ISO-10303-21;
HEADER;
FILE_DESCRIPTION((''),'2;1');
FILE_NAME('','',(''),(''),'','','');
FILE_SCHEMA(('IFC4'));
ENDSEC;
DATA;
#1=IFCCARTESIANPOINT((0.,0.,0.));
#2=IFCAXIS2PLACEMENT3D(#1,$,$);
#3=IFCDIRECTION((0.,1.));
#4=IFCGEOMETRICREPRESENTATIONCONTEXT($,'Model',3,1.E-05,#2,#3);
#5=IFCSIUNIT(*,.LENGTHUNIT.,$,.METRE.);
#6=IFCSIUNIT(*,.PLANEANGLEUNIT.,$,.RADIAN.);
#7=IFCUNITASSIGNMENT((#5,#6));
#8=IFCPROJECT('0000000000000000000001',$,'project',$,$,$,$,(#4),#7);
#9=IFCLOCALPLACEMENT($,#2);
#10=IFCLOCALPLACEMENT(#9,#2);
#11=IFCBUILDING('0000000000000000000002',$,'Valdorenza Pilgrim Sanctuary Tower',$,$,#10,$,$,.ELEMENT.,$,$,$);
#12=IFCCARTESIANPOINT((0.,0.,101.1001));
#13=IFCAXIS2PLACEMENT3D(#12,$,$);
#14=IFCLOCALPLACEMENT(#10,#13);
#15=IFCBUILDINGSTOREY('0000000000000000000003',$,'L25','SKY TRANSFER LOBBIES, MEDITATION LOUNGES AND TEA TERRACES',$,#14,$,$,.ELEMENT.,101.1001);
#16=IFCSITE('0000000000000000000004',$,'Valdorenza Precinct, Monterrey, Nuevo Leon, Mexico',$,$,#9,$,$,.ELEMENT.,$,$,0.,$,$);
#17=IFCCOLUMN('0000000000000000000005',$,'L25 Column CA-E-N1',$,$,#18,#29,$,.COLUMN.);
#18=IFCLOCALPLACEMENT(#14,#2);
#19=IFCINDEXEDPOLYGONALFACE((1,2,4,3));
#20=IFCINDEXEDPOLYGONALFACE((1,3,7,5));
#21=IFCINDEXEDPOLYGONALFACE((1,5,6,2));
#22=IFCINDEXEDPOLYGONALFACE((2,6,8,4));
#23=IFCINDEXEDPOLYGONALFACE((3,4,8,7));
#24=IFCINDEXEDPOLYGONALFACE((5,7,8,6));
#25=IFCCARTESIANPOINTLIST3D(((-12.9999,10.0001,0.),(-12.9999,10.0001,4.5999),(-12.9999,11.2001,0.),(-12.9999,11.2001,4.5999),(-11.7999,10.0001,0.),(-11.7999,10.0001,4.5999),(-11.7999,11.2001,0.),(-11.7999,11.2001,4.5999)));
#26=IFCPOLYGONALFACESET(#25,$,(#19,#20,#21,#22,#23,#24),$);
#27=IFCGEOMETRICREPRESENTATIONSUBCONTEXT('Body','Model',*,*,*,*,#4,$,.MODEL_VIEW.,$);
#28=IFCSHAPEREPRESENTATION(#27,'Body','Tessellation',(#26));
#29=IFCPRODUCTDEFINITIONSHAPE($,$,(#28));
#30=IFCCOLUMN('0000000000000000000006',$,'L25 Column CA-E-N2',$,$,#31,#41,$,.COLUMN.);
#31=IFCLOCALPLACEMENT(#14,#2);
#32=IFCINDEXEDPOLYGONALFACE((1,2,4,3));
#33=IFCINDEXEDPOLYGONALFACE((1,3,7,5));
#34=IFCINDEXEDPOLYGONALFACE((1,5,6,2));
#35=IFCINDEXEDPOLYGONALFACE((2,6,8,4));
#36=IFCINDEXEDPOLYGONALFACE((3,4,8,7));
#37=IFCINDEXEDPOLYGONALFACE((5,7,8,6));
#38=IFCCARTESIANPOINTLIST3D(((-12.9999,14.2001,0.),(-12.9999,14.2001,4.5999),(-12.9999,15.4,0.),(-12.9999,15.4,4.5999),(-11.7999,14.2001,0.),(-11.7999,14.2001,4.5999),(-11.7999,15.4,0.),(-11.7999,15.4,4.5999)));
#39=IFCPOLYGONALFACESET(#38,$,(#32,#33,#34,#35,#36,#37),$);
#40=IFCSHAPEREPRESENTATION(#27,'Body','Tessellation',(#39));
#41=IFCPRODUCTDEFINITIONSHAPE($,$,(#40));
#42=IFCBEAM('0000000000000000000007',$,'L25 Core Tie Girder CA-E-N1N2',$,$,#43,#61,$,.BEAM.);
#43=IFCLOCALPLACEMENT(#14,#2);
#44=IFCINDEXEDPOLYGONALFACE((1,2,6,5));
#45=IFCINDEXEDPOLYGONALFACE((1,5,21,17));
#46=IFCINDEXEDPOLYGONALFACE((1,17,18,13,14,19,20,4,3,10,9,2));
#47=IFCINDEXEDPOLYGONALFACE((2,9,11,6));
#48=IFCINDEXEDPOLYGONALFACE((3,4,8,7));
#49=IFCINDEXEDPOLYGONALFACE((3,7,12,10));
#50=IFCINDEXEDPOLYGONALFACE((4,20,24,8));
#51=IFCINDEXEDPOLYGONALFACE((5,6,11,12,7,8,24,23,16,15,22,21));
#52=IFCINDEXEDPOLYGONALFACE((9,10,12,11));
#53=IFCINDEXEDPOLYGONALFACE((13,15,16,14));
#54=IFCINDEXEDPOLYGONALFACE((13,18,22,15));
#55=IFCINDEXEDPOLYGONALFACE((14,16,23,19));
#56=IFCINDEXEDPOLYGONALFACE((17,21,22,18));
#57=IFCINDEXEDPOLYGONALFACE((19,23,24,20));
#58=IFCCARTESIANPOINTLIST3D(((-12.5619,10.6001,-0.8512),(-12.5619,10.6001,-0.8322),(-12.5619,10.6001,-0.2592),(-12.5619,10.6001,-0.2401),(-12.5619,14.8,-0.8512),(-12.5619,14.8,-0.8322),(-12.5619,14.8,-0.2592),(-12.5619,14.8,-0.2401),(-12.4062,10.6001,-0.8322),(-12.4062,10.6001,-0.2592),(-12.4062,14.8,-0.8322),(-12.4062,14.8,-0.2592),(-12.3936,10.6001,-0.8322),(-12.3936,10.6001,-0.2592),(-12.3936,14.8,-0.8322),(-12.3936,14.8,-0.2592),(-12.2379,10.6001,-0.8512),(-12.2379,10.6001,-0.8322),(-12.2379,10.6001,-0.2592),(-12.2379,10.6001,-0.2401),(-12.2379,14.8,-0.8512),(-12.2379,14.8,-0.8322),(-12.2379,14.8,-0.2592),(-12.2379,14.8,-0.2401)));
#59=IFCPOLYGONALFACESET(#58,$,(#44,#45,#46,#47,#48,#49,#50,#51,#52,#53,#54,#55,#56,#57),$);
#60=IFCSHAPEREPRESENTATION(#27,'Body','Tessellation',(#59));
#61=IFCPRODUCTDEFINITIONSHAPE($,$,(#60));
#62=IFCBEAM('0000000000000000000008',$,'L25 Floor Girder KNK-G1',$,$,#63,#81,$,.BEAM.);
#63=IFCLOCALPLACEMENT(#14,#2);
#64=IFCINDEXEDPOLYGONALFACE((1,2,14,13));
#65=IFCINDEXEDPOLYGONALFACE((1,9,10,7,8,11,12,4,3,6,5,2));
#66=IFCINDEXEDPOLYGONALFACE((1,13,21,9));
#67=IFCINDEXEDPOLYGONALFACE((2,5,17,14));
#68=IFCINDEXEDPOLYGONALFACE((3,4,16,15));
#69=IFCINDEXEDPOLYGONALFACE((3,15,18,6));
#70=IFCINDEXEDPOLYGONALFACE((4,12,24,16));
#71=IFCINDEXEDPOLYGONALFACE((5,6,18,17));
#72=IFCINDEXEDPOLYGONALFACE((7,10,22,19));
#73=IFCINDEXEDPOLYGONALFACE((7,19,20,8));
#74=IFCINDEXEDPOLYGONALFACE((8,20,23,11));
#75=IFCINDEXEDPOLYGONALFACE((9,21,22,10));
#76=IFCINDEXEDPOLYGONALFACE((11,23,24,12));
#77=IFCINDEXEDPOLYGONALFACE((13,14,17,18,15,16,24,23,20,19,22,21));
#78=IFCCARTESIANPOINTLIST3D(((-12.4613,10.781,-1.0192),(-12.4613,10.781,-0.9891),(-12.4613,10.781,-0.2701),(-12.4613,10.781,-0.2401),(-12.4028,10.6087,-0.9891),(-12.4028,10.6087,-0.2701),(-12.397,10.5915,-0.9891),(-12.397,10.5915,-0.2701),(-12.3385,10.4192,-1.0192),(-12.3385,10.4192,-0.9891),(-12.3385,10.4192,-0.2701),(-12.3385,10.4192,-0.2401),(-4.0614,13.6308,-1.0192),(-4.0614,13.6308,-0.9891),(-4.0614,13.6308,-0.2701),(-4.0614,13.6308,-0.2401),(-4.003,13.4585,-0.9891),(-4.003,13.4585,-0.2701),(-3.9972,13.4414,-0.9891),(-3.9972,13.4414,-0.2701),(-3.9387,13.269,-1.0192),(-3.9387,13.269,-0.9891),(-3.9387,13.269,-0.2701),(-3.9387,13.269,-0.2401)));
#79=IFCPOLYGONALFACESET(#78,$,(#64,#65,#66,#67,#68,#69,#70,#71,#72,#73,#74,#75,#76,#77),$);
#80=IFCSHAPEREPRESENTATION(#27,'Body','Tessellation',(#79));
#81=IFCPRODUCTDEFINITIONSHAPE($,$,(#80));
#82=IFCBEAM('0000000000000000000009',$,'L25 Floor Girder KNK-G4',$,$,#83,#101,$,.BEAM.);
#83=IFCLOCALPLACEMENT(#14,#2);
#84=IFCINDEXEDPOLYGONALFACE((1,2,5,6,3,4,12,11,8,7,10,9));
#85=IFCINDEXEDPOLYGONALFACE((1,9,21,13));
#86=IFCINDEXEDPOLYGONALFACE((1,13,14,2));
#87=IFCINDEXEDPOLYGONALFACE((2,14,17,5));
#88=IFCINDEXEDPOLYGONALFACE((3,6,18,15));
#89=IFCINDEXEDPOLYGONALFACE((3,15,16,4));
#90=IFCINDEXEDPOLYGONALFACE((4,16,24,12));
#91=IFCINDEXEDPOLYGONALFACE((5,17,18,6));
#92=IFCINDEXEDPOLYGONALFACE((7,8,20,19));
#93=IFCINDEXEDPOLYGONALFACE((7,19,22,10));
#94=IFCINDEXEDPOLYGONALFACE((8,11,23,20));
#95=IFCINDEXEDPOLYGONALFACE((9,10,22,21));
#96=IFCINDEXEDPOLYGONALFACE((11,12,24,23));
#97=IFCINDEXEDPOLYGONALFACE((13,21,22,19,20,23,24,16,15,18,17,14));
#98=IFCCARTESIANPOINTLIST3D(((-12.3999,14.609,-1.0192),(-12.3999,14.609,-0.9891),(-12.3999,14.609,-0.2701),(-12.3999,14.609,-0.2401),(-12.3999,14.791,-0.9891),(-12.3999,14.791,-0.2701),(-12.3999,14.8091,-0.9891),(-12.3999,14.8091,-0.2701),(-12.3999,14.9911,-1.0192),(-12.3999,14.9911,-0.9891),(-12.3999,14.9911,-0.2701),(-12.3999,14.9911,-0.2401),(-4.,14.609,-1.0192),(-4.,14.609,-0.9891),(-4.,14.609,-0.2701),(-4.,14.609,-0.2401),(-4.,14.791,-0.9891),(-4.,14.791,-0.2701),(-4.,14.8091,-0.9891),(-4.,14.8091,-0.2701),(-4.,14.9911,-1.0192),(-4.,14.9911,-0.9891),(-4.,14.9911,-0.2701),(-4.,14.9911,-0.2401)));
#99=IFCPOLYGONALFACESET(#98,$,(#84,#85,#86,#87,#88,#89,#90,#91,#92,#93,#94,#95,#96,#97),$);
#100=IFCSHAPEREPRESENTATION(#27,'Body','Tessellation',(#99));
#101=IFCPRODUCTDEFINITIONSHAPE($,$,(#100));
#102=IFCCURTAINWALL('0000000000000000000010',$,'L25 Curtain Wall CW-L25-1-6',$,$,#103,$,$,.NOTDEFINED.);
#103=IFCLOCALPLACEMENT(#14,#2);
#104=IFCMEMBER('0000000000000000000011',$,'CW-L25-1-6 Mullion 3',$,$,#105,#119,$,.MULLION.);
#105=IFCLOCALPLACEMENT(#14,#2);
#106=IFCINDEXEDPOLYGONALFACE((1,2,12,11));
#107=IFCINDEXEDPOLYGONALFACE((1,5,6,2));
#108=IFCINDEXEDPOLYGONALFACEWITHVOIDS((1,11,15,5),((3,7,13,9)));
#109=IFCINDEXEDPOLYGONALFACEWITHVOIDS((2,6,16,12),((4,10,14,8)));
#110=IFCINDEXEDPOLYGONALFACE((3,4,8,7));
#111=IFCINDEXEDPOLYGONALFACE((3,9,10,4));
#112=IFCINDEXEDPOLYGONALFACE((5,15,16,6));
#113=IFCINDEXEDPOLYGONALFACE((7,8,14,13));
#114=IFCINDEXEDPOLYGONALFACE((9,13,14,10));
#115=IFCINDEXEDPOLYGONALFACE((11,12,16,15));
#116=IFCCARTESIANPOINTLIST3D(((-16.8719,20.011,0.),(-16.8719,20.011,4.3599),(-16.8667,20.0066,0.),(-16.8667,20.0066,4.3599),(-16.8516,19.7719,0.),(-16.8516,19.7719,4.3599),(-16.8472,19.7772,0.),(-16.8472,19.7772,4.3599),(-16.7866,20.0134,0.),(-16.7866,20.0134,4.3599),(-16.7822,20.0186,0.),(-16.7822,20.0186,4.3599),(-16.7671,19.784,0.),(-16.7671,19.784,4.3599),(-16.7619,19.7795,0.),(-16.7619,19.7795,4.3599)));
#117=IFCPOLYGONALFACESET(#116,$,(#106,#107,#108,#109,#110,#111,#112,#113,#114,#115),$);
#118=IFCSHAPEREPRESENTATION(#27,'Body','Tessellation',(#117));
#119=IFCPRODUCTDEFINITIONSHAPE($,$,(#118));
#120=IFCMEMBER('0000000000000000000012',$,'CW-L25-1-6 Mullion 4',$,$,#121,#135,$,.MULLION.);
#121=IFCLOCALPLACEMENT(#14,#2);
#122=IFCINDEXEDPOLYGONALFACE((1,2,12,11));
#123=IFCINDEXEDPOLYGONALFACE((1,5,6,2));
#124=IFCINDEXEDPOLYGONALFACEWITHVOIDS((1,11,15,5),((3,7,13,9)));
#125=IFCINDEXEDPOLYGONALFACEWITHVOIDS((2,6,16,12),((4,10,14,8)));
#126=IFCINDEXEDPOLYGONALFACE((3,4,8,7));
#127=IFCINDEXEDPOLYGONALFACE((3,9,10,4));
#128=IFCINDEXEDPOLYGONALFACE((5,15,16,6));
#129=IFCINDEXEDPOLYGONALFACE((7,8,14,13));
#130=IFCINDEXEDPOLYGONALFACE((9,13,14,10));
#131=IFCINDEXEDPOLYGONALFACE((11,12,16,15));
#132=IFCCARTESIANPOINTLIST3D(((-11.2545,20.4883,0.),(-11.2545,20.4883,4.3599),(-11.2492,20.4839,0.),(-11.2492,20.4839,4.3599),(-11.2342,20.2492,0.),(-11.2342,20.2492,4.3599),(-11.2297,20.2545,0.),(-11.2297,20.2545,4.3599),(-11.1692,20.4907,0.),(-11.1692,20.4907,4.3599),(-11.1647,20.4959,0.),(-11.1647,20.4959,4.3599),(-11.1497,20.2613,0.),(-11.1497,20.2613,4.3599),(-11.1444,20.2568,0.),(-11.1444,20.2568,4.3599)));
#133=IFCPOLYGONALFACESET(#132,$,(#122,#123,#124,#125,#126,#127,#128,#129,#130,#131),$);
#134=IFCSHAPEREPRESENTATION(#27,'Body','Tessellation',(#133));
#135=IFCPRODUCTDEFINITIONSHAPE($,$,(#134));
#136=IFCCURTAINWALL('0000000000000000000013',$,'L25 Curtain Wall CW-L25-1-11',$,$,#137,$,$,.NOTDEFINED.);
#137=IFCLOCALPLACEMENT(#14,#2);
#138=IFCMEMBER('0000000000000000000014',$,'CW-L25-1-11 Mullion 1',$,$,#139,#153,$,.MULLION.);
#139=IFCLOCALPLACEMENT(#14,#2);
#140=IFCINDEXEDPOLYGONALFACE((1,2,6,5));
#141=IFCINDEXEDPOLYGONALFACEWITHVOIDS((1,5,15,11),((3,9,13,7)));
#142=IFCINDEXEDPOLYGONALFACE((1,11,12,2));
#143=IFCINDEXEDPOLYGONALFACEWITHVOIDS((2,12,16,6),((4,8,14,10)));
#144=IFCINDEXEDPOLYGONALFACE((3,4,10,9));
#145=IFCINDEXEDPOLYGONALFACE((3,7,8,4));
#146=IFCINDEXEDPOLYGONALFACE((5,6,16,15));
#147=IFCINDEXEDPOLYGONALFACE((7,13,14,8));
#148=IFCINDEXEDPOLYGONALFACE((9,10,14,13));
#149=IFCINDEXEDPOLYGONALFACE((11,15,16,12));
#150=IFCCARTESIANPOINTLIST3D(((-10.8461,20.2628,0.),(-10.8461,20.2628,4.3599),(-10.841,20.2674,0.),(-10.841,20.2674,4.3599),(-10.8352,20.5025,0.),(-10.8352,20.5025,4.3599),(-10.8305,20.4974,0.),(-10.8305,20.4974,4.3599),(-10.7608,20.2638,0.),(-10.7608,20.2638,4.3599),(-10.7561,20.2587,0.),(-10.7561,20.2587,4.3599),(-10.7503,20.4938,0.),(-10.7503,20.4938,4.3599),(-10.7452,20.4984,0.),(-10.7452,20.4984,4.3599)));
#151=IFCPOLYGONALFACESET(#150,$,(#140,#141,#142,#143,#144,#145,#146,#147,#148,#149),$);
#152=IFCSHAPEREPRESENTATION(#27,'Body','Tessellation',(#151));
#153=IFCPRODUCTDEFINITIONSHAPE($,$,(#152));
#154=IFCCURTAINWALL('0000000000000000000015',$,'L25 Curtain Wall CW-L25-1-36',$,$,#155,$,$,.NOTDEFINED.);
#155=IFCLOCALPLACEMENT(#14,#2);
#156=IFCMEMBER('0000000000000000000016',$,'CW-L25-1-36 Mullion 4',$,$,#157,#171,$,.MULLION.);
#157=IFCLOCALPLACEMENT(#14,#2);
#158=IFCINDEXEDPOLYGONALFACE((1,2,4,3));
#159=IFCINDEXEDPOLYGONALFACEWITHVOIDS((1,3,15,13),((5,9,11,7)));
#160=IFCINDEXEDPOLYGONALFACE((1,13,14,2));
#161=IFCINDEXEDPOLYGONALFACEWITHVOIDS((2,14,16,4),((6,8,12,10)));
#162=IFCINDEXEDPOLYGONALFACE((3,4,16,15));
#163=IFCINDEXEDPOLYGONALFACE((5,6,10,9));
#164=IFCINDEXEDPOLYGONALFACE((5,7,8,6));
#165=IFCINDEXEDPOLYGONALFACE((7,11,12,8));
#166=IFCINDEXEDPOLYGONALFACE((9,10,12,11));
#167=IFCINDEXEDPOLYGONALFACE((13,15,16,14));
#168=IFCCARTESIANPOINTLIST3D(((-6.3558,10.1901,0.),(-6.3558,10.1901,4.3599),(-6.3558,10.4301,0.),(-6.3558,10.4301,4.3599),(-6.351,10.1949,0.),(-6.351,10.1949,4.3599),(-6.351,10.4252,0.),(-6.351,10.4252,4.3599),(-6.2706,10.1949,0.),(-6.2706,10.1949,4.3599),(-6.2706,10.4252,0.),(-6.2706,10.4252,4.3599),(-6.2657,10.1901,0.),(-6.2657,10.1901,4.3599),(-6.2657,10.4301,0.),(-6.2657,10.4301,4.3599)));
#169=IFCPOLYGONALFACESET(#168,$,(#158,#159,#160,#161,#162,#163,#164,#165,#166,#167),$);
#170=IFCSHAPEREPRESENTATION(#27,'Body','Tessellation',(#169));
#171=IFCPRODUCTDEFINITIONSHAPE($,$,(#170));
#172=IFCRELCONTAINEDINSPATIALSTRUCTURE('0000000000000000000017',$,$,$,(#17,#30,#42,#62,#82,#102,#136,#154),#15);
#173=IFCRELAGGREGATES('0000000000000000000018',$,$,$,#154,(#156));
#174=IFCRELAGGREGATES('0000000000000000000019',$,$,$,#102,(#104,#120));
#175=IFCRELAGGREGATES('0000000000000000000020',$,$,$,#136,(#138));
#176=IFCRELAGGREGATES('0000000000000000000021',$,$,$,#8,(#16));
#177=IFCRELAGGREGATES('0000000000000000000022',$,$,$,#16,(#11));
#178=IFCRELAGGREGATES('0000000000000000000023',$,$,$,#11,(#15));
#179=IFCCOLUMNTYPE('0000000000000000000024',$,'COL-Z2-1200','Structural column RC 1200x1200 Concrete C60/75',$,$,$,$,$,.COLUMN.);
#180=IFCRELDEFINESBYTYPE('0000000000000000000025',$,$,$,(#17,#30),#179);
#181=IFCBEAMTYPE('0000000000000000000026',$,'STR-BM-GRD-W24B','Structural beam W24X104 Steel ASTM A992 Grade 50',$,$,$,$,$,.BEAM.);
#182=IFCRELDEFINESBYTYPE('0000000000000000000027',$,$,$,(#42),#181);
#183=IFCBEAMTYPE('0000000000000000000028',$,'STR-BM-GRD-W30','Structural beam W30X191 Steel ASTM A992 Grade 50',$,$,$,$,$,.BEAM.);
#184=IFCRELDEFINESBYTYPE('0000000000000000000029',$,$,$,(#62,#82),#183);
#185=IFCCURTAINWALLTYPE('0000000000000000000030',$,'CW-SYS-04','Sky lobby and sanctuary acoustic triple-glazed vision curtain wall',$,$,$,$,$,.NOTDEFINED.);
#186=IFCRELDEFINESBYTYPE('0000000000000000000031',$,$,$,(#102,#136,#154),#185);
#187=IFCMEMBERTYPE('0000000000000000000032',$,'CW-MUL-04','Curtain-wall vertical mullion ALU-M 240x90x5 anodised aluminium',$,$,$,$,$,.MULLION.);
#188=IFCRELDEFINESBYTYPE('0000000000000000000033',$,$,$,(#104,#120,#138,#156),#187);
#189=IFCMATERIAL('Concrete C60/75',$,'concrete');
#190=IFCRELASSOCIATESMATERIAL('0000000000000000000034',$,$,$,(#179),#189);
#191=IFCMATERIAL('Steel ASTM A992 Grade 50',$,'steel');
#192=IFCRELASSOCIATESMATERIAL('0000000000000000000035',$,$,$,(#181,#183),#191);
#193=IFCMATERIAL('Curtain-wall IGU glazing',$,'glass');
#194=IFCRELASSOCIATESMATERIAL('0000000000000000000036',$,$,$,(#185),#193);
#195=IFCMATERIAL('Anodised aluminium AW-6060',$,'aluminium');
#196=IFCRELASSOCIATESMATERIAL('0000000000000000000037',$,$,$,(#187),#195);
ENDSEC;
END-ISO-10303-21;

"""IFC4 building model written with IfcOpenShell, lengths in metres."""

from ifc_helpers import new_model, si_unit, direction, frame, origin, origin_2d, place, context, subcontext, project, spatial, rectangle, hollow_rectangle, i_section, extrude, source, transform, mapped, material, material_profile, profile_set, type_object, element, aggregate, save


model = new_model("IFC4")

# Units and contexts
model_context = context("Model", 3, precision=1e-05, world=origin(), true_north=direction((0.0, 1.0)))
body_context = subcontext(model_context, "Body", "Model", "MODEL_VIEW")
ifc_project = project(units=[si_unit("LENGTHUNIT", "METRE"), si_unit("PLANEANGLEUNIT", "RADIAN")], contexts=[model_context])

# Site, building, storey
site_placement = place(None, origin())
site = spatial("IfcSite", under=ifc_project, at=site_placement, Name="Valdorenza Precinct, Monterrey, Nuevo Leon, Mexico", CompositionType="ELEMENT", RefElevation=0.0)
building_placement = place(site_placement, origin())
building = spatial("IfcBuilding", under=site, at=building_placement, Name="Valdorenza Pilgrim Sanctuary Tower", CompositionType="ELEMENT")
storey_placement = place(building_placement, frame((0.0, 0.0, 101.1001)))
storey = spatial("IfcBuildingStorey", under=building, at=storey_placement, Name="L25", Description="SKY TRANSFER LOBBIES, MEDITATION LOUNGES AND TEA TERRACES", CompositionType="ELEMENT", Elevation=101.1001)

# Columns
ifc_material_1 = material(Name="Concrete C60/75", Category="concrete")
ifc_material_profile_1 = material_profile(ifc_material_1, rectangle(XDim=1.2, YDim=1.2, at=origin_2d()), Name="RC 1200x1200")
ifc_profile_set_1 = profile_set([ifc_material_profile_1], Name="Concrete C60/75")
column_type = type_object("IfcColumnType", Name="COL-Z2-1200", Description="Structural column RC 1200x1200 Concrete C60/75", PredefinedType="COLUMN", material=ifc_profile_set_1)
shared_shape_1 = source(origin(), body_context, "Body", "SweptSolid", [
    extrude(rectangle(XDim=1.2, YDim=1.2, at=origin_2d()), origin(), (0.0, 0.0, 1.0), 4.5999),
])
for number, where, z_axis, x_axis, name in (
    (1, (-12.3999, 10.6001, 0.0), (0.0, 0.0, 1.0), (1.0, 0.0, 0.0), "L25 Column CA-E-N1"),
    (2, (-12.3999, 14.8, 0.0), (0.0, 0.0, 1.0), (1.0, 0.0, 0.0), "L25 Column CA-E-N2"),
):
    element("IfcColumn", number, at=place(storey_placement, frame(where, z_axis=z_axis, x_axis=x_axis)), inside=storey, type_object=column_type, Name=name, PredefinedType="COLUMN", context=body_context, shape_type="MappedRepresentation", body=[
        mapped(shared_shape_1, transform((0.0, 0.0, 0.0), x_axis=(1.0, 0.0, 0.0), y_axis=(0.0, 1.0, 0.0), z_axis=(0.0, 0.0, 1.0), scale=1.0)),
    ])

# Beams
ifc_material_2 = material(Name="Steel ASTM A992 Grade 50", Category="steel")
ifc_material_profile_2 = material_profile(ifc_material_2, i_section(OverallWidth=0.324, OverallDepth=0.6111, WebThickness=0.0127, FlangeThickness=0.019, at=origin_2d()), Name="W24X104")
ifc_profile_set_2 = profile_set([ifc_material_profile_2], Name="Steel ASTM A992 Grade 50")
beam_type_1 = type_object("IfcBeamType", Name="STR-BM-GRD-W24B", Description="Structural beam W24X104 Steel ASTM A992 Grade 50", PredefinedType="BEAM", material=ifc_profile_set_2)
shared_shape_2 = source(origin(), body_context, "Body", "SweptSolid", [
    extrude(i_section(OverallWidth=0.324, OverallDepth=0.6111, WebThickness=0.0127, FlangeThickness=0.019, at=origin_2d()), origin(), (0.0, 0.0, 1.0), 4.2),
])
beam_1_placement = place(storey_placement, frame((-12.3999, 10.6001, -0.5457), z_axis=(0.0, 1.0, 0.0), x_axis=(-1.0, 0.0, 0.0)))
element("IfcBeam", 3, at=beam_1_placement, inside=storey, type_object=beam_type_1, Name="L25 Core Tie Girder CA-E-N1N2", PredefinedType="BEAM", context=body_context, shape_type="MappedRepresentation", body=[
    mapped(shared_shape_2, transform((0.0, 0.0, 0.0), x_axis=(1.0, 0.0, 0.0), y_axis=(0.0, 1.0, 0.0), z_axis=(0.0, 0.0, 1.0), scale=1.0)),
])
ifc_material_profile_3 = material_profile(ifc_material_2, i_section(OverallWidth=0.3821, OverallDepth=0.7791, WebThickness=0.0181, FlangeThickness=0.03, at=origin_2d()), Name="W30X191")
ifc_profile_set_3 = profile_set([ifc_material_profile_3], Name="Steel ASTM A992 Grade 50")
beam_type_2 = type_object("IfcBeamType", Name="STR-BM-GRD-W30", Description="Structural beam W30X191 Steel ASTM A992 Grade 50", PredefinedType="BEAM", material=ifc_profile_set_3)
shared_shape_3 = source(origin(), body_context, "Body", "SweptSolid", [
    extrude(i_section(OverallWidth=0.3821, OverallDepth=0.7791, WebThickness=0.0181, FlangeThickness=0.03, at=origin_2d()), origin(), (0.0, 0.0, 1.0), 8.8701),
])
beam_2_placement = place(storey_placement, frame((-12.3999, 10.6001, -0.6296), z_axis=(0.946983, 0.321285, 0.0), x_axis=(-0.321285, 0.946983, 0.0)))
element("IfcBeam", 4, at=beam_2_placement, inside=storey, type_object=beam_type_2, Name="L25 Floor Girder KNK-G1", PredefinedType="BEAM", context=body_context, shape_type="MappedRepresentation", body=[
    mapped(shared_shape_3, transform((0.0, 0.0, 0.0), x_axis=(1.0, 0.0, 0.0), y_axis=(0.0, 1.0, 0.0), z_axis=(0.0, 0.0, 1.0), scale=1.0)),
])
shared_shape_4 = source(origin(), body_context, "Body", "SweptSolid", [
    extrude(i_section(OverallWidth=0.3821, OverallDepth=0.7791, WebThickness=0.0181, FlangeThickness=0.03, at=origin_2d()), origin(), (0.0, 0.0, 1.0), 8.3999),
])
beam_3_placement = place(storey_placement, frame((-12.3999, 14.8, -0.6296), z_axis=(1.0, 0.0, 0.0), x_axis=(0.0, 1.0, 0.0)))
element("IfcBeam", 5, at=beam_3_placement, inside=storey, type_object=beam_type_2, Name="L25 Floor Girder KNK-G4", PredefinedType="BEAM", context=body_context, shape_type="MappedRepresentation", body=[
    mapped(shared_shape_4, transform((0.0, 0.0, 0.0), x_axis=(1.0, 0.0, 0.0), y_axis=(0.0, 1.0, 0.0), z_axis=(0.0, 0.0, 1.0), scale=1.0)),
])

# Curtain wall, members
ifc_material_3 = material(Name="Curtain-wall IGU glazing", Category="glass")
curtain_wall_type = type_object("IfcCurtainWallType", Name="CW-SYS-04", Description="Sky lobby and sanctuary acoustic triple-glazed vision curtain wall", PredefinedType="NOTDEFINED", material=ifc_material_3)
curtain_wall_1_placement = place(storey_placement, origin())
curtain_wall_1 = element("IfcCurtainWall", 6, at=curtain_wall_1_placement, inside=storey, type_object=curtain_wall_type, Name="L25 Curtain Wall CW-L25-1-6", PredefinedType="NOTDEFINED")
ifc_material_4 = material(Name="Anodised aluminium AW-6060", Category="aluminium")
ifc_material_profile_4 = material_profile(ifc_material_4, hollow_rectangle(XDim=0.0901, YDim=0.24, WallThickness=0.0049, at=origin_2d()), Name="ALU-M 240x90x5")
ifc_profile_set_4 = profile_set([ifc_material_profile_4], Name="Anodised aluminium AW-6060")
member_type_1 = type_object("IfcMemberType", Name="CW-MUL-04", Description="Curtain-wall vertical mullion ALU-M 240x90x5 anodised aluminium", PredefinedType="MULLION", material=ifc_profile_set_4)
shared_shape_5 = source(origin(), body_context, "Body", "SweptSolid", [
    extrude(hollow_rectangle(XDim=0.0901, YDim=0.24, WallThickness=0.0049, at=origin_2d()), origin(), (0.0, 0.0, 1.0), 4.3599),
])
member_1_placement = place(storey_placement, frame((-16.8169, 19.8953, 0.0), z_axis=(0.0, 0.0, 1.0), x_axis=(0.996408, 0.084687, 0.0)))
member_1 = element("IfcMember", 7, at=member_1_placement, type_object=member_type_1, Name="CW-L25-1-6 Mullion 3", PredefinedType="MULLION", context=body_context, shape_type="MappedRepresentation", body=[
    mapped(shared_shape_5, transform((0.0, 0.0, 0.0), x_axis=(1.0, 0.0, 0.0), y_axis=(0.0, 1.0, 0.0), z_axis=(0.0, 0.0, 1.0), scale=1.0)),
])
member_2_placement = place(storey_placement, frame((-11.1995, 20.3726, 0.0), z_axis=(0.0, 0.0, 1.0), x_axis=(0.996408, 0.084687, 0.0)))
member_2 = element("IfcMember", 8, at=member_2_placement, type_object=member_type_1, Name="CW-L25-1-6 Mullion 4", PredefinedType="MULLION", context=body_context, shape_type="MappedRepresentation", body=[
    mapped(shared_shape_5, transform((0.0, 0.0, 0.0), x_axis=(1.0, 0.0, 0.0), y_axis=(0.0, 1.0, 0.0), z_axis=(0.0, 0.0, 1.0), scale=1.0)),
])

# Curtain walls, members
curtain_wall_2_placement = place(storey_placement, origin())
curtain_wall_2 = element("IfcCurtainWall", 9, at=curtain_wall_2_placement, inside=storey, type_object=curtain_wall_type, Name="L25 Curtain Wall CW-L25-1-11", PredefinedType="NOTDEFINED")
member_3_placement = place(storey_placement, frame((-10.7957, 20.3806, 0.0), z_axis=(0.0, 0.0, 1.0), x_axis=(0.998968, -0.045415, 0.0)))
member_3 = element("IfcMember", 10, at=member_3_placement, type_object=member_type_1, Name="CW-L25-1-11 Mullion 1", PredefinedType="MULLION", context=body_context, shape_type="MappedRepresentation", body=[
    mapped(shared_shape_5, transform((0.0, 0.0, 0.0), x_axis=(1.0, 0.0, 0.0), y_axis=(0.0, 1.0, 0.0), z_axis=(0.0, 0.0, 1.0), scale=1.0)),
])
curtain_wall_3_placement = place(storey_placement, origin())
curtain_wall_3 = element("IfcCurtainWall", 11, at=curtain_wall_3_placement, inside=storey, type_object=curtain_wall_type, Name="L25 Curtain Wall CW-L25-1-36", PredefinedType="NOTDEFINED")
member_4_placement = place(storey_placement, frame((-6.3108, 10.3101, 0.0), z_axis=(0.0, 0.0, 1.0), x_axis=(-1.0, 0.0, 0.0)))
member_4 = element("IfcMember", 12, at=member_4_placement, type_object=member_type_1, Name="CW-L25-1-36 Mullion 4", PredefinedType="MULLION", context=body_context, shape_type="MappedRepresentation", body=[
    mapped(shared_shape_5, transform((0.0, 0.0, 0.0), x_axis=(1.0, 0.0, 0.0), y_axis=(0.0, 1.0, 0.0), z_axis=(0.0, 0.0, 1.0), scale=1.0)),
])
aggregate(curtain_wall_3, [member_4])

aggregate(curtain_wall_1, [member_1, member_2])
aggregate(curtain_wall_2, [member_3])

save(model, "model.ifc")
